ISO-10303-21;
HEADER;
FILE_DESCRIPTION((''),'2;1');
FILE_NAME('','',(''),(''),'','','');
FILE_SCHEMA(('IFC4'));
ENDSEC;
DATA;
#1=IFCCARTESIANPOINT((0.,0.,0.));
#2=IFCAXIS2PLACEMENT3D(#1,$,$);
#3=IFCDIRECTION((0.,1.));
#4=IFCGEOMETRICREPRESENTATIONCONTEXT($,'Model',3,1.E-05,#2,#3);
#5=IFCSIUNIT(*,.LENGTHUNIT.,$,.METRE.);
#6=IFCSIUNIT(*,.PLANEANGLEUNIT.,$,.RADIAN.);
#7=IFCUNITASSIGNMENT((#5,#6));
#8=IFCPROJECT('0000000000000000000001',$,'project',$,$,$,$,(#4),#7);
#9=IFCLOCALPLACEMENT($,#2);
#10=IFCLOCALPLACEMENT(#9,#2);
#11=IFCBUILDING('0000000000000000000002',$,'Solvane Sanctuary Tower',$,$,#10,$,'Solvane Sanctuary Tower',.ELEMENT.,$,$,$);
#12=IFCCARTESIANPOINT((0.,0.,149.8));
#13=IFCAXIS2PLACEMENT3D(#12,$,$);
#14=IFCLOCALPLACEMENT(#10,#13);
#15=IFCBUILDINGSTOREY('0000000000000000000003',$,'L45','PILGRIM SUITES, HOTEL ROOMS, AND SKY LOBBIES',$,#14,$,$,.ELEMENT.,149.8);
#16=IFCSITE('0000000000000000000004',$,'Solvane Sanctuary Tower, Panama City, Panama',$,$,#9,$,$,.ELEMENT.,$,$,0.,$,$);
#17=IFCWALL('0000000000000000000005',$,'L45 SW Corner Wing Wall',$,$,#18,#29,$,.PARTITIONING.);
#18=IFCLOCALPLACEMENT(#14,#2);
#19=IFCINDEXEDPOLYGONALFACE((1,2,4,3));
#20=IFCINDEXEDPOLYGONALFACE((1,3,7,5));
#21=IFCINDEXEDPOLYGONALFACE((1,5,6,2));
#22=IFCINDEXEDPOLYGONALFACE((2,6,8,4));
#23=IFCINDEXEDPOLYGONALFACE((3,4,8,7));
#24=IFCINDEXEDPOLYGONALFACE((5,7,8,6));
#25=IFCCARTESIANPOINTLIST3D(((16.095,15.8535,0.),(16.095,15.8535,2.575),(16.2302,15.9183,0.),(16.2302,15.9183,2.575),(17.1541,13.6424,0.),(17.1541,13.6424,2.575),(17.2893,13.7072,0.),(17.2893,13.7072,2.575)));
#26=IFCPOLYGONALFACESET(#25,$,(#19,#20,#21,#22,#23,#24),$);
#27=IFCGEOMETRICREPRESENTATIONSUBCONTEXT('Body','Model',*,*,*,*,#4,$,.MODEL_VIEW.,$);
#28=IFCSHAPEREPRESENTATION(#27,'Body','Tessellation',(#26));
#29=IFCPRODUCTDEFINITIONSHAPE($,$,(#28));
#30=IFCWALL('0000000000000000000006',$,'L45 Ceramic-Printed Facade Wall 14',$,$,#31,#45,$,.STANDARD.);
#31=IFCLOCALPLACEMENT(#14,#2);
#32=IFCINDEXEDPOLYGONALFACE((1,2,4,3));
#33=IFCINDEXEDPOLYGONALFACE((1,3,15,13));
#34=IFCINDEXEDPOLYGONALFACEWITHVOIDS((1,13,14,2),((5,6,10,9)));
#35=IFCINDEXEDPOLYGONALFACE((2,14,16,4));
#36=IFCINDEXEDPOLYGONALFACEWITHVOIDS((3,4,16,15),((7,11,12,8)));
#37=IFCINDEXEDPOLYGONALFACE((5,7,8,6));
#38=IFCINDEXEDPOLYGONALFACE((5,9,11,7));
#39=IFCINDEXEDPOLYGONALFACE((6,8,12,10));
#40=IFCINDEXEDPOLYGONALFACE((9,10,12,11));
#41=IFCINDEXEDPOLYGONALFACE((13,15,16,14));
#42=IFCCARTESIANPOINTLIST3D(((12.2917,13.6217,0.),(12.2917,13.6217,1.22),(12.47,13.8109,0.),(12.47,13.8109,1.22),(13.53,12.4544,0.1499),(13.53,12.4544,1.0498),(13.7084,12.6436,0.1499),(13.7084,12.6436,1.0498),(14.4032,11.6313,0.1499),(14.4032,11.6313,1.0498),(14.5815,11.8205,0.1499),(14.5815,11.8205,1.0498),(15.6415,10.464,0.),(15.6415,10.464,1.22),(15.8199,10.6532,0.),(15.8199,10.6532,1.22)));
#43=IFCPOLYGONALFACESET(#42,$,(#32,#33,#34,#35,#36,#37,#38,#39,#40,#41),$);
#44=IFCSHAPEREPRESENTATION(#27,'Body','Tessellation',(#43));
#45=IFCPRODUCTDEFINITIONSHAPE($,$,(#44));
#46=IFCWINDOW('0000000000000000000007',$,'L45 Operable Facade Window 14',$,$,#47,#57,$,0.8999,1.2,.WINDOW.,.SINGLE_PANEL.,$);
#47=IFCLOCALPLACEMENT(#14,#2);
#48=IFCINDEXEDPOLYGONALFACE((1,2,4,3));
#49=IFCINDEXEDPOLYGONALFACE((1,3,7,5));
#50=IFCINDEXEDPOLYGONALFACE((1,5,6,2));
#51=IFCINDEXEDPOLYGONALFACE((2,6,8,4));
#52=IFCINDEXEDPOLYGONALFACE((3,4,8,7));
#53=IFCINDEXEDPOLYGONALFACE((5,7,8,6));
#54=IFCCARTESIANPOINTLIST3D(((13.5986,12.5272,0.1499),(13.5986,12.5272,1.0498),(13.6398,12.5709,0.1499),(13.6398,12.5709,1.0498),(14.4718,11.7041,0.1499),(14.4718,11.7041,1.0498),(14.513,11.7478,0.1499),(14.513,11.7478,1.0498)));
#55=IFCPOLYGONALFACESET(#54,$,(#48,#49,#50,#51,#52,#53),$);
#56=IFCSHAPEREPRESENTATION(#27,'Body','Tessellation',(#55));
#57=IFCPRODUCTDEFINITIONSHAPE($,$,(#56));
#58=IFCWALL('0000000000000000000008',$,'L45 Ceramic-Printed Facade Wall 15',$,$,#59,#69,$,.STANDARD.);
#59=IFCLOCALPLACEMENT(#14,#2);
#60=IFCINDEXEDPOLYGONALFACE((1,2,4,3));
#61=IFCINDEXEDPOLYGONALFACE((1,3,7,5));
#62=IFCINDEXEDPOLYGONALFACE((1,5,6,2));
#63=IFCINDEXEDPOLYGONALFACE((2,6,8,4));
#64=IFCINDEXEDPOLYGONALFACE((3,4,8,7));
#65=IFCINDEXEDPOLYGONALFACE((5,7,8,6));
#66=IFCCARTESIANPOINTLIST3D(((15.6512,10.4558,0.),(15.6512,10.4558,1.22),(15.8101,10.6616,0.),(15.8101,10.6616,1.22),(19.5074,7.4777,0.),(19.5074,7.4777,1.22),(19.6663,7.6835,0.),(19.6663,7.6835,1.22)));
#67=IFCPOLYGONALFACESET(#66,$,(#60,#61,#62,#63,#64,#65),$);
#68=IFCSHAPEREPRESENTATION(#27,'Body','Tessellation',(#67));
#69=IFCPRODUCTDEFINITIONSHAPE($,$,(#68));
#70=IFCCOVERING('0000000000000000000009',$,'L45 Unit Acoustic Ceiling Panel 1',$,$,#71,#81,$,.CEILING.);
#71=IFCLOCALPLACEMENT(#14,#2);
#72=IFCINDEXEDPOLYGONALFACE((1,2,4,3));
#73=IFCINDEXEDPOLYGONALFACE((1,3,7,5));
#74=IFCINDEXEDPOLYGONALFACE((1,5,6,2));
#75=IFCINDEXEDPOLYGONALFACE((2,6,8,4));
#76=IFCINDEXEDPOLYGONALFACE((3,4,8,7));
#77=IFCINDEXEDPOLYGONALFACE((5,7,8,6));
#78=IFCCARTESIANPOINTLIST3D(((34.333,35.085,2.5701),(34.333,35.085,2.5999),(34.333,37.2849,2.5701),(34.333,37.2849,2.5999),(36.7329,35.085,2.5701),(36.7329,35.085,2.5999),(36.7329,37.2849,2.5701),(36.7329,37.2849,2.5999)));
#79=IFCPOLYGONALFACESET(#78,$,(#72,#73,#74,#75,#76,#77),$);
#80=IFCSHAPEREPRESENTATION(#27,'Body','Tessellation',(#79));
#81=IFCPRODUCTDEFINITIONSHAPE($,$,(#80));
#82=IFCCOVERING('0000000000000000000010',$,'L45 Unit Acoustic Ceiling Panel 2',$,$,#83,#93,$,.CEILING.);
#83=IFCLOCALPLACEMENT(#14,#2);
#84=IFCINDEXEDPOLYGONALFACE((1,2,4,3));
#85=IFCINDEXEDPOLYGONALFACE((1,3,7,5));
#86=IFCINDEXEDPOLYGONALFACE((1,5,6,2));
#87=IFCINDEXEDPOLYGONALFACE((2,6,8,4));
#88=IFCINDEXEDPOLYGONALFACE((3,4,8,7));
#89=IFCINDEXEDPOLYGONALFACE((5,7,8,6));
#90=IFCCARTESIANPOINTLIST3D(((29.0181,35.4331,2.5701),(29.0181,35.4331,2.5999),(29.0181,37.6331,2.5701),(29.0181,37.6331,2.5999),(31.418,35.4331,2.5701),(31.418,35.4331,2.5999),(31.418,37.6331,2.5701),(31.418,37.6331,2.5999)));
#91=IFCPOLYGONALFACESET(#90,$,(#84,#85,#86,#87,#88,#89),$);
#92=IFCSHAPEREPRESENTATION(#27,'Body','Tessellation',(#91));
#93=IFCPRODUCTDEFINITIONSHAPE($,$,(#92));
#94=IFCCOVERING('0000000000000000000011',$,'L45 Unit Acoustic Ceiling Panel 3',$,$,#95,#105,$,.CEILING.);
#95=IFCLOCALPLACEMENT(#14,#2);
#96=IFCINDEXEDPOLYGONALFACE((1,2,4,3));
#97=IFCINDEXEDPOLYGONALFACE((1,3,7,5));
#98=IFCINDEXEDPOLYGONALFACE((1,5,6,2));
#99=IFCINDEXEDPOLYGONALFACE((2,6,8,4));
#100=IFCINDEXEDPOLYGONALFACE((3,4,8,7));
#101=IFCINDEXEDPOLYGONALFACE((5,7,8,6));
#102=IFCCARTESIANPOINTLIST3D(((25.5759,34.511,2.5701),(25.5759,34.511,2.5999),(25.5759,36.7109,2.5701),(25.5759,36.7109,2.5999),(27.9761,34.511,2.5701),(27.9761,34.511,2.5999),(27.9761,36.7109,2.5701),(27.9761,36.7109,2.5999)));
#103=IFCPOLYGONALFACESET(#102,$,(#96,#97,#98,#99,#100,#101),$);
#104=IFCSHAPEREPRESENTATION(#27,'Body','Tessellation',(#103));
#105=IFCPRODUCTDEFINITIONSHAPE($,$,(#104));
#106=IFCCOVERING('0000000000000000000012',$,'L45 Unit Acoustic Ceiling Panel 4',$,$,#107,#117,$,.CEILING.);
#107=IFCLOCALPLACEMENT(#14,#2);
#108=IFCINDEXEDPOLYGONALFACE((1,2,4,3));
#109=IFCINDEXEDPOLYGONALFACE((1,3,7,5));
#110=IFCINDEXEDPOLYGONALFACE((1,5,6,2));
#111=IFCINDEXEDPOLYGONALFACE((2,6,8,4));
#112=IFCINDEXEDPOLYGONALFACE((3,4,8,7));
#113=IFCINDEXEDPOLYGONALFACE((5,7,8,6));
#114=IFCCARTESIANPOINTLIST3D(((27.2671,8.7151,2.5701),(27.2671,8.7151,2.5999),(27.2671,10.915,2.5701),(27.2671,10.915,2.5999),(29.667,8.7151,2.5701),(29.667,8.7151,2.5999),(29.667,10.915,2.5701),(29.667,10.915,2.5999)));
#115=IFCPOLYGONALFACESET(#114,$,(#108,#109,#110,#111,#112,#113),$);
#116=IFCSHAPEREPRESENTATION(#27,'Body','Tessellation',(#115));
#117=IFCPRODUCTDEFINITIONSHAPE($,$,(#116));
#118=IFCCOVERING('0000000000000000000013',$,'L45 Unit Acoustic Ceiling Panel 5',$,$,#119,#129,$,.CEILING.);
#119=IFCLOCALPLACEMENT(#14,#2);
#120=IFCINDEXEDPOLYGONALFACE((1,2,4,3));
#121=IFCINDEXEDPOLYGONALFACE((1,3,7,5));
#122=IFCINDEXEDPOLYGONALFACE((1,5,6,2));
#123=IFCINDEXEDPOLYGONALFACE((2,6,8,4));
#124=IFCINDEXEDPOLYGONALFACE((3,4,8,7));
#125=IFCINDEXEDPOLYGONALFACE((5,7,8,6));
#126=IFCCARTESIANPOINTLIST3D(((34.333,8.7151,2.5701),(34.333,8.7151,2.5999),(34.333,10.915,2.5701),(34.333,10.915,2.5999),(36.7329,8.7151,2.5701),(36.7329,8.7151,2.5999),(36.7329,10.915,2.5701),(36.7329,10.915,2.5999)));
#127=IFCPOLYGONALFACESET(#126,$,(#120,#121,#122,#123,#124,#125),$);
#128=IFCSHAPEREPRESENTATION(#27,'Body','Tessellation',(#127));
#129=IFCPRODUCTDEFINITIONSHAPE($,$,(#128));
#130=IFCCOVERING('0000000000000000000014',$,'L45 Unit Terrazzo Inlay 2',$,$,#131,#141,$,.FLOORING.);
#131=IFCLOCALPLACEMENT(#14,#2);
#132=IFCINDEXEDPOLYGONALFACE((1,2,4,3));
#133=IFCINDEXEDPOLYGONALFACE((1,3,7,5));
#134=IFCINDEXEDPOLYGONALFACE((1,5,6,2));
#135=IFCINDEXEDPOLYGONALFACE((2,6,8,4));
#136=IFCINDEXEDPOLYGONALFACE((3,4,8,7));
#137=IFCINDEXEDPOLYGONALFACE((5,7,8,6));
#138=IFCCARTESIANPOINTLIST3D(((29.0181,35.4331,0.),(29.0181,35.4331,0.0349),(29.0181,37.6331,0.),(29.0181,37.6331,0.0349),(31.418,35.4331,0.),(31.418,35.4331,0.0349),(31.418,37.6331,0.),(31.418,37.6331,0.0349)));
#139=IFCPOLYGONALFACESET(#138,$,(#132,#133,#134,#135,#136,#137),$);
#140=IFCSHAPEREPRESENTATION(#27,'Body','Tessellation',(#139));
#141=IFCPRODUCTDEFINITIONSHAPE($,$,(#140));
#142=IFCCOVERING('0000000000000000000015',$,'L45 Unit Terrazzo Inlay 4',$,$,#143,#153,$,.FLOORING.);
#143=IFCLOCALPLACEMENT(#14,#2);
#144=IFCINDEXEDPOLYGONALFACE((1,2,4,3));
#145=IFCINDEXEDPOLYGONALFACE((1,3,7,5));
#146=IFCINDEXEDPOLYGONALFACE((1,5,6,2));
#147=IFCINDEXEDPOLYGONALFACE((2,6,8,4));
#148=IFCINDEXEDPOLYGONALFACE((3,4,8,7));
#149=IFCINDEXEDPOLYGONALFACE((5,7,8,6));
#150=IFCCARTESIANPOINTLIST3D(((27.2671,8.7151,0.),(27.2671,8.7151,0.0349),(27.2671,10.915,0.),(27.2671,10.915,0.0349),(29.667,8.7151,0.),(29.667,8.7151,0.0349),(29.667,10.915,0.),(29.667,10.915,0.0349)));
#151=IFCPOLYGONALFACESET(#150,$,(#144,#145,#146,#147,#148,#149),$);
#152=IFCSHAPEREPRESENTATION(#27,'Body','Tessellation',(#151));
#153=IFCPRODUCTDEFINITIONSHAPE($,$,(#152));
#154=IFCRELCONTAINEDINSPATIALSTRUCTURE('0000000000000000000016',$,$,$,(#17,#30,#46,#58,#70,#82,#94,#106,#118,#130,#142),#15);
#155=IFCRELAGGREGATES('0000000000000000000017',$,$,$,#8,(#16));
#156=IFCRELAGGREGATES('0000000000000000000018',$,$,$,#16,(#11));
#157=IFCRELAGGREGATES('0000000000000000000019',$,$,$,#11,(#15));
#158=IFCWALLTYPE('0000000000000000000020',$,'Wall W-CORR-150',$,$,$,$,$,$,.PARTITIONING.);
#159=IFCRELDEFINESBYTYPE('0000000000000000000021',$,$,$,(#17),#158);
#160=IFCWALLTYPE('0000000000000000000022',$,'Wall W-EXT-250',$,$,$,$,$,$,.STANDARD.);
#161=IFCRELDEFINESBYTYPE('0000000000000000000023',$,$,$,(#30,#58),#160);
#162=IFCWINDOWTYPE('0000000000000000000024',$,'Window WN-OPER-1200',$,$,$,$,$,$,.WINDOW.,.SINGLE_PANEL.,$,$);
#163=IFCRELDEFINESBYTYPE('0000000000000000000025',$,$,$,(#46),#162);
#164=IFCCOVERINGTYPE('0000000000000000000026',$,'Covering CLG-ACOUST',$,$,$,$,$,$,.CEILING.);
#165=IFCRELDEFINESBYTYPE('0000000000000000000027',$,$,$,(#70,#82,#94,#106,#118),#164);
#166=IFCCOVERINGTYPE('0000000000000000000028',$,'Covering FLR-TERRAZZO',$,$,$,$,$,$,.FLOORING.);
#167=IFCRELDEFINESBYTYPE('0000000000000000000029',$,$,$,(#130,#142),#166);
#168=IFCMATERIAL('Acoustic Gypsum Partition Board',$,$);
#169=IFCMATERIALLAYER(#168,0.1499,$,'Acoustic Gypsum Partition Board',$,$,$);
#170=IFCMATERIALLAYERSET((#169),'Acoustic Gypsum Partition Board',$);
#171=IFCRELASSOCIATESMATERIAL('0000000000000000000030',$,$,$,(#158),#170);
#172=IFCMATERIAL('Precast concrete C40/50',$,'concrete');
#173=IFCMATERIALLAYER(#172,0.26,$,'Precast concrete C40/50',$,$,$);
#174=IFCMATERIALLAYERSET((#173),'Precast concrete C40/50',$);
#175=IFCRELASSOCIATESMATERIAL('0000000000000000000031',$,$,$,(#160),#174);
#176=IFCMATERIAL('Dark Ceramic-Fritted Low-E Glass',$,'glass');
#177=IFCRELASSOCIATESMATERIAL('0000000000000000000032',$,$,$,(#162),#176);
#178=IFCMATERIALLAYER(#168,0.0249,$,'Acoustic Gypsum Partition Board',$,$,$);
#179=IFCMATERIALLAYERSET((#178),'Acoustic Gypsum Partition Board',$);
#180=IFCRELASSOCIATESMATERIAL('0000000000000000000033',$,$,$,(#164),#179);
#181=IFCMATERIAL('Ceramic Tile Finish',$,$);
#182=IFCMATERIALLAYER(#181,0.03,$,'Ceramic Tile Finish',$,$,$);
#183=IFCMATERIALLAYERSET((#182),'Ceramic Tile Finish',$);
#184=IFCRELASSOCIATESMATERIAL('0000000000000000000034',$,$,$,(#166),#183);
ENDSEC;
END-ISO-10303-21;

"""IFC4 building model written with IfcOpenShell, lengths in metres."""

from ifc_helpers import new_model, si_unit, direction, frame, frame_2d, origin, place, context, subcontext, project, spatial, polyline, rectangle, outline, extrude, material, layer, layer_set, type_object, element, fill, save


model = new_model("IFC4")

# Units and contexts
model_context = context("Model", 3, precision=1e-05, world=origin(), true_north=direction((0.0, 1.0)))
body_context = subcontext(model_context, "Body", "Model", "MODEL_VIEW")
ifc_project = project(units=[si_unit("LENGTHUNIT", "METRE"), si_unit("PLANEANGLEUNIT", "RADIAN")], contexts=[model_context])

# Site, building, storey
site_placement = place(None, origin())
site = spatial("IfcSite", under=ifc_project, at=site_placement, Name="Solvane Sanctuary Tower, Panama City, Panama", CompositionType="ELEMENT", RefElevation=0.0)
building_placement = place(site_placement, origin())
building = spatial("IfcBuilding", under=site, at=building_placement, Name="Solvane Sanctuary Tower", LongName="Solvane Sanctuary Tower", CompositionType="ELEMENT")
storey_placement = place(building_placement, frame((0.0, 0.0, 149.8)))
storey = spatial("IfcBuildingStorey", under=building, at=storey_placement, Name="L45", Description="PILGRIM SUITES, HOTEL ROOMS, AND SKY LOBBIES", CompositionType="ELEMENT", Elevation=149.8)

# Shared definitions
ifc_material_1 = material(Name="Acoustic Gypsum Partition Board")
ifc_layer_1 = layer(ifc_material_1, 0.1499, Name="Acoustic Gypsum Partition Board")
ifc_layer_set_1 = layer_set([ifc_layer_1], Name="Acoustic Gypsum Partition Board")
wall_type_1 = type_object("IfcWallType", Name="Wall W-CORR-150", PredefinedType="PARTITIONING", material=ifc_layer_set_1)

# Wall
wall_1_placement = place(storey_placement, frame((17.2217, 13.6748, 0.0), z_axis=(0.0, 0.0, 1.0), x_axis=(-0.431973, 0.901886, 0.0)))
element("IfcWall", 1, at=wall_1_placement, inside=storey, type_object=wall_type_1, Name="L45 SW Corner Wing Wall", PredefinedType="PARTITIONING", context=body_context, shape_type="SweptSolid", body=[
    extrude(rectangle(XDim=2.4517, YDim=0.1499, at=frame_2d((1.2258, 0.0))), origin(), (0.0, 0.0, 1.0), 2.575),
])

# Wall, opening, window
ifc_material_2 = material(Name="Precast concrete C40/50", Category="concrete")
ifc_layer_2 = layer(ifc_material_2, 0.26, Name="Precast concrete C40/50")
ifc_layer_set_2 = layer_set([ifc_layer_2], Name="Precast concrete C40/50")
wall_type_2 = type_object("IfcWallType", Name="Wall W-EXT-250", PredefinedType="STANDARD", material=ifc_layer_set_2)
wall_2_placement = place(storey_placement, frame((12.3809, 13.7163, 0.0), z_axis=(0.0, 0.0, 1.0), x_axis=(0.727667, -0.68593, 0.0)))
wall_2 = element("IfcWall", 2, at=wall_2_placement, inside=storey, type_object=wall_type_2, Name="L45 Ceramic-Printed Facade Wall 14", PredefinedType="STANDARD", context=body_context, shape_type="SweptSolid", body=[
    extrude(rectangle(XDim=4.6035, YDim=0.26, at=frame_2d((2.3018, 0.0))), origin(), (0.0, 0.0, 1.0), 1.22),
])
opening_1_placement = place(wall_2_placement, frame((1.7017, 0.0, 0.1499)))
opening_1 = element("IfcOpeningElement", 3, at=opening_1_placement, cuts=wall_2, PredefinedType="OPENING", context=body_context, shape_type="SweptSolid", body=[
    extrude(rectangle(XDim=1.2, YDim=0.8999, at=frame_2d((0.6001, 0.45))), frame((0.0, 0.1399, 0.0), z_axis=(0.0, -1.0, 0.0), x_axis=(1.0, 0.0, 0.0)), (0.0, 0.0, 1.0), 0.28),
])
ifc_material_3 = material(Name="Dark Ceramic-Fritted Low-E Glass", Category="glass")
window_type = type_object("IfcWindowType", Name="Window WN-OPER-1200", PartitioningType="SINGLE_PANEL", PredefinedType="WINDOW", material=ifc_material_3)
window_placement = place(opening_1_placement, origin())
window = element("IfcWindow", 4, at=window_placement, inside=storey, type_object=window_type, Name="L45 Operable Facade Window 14", OverallHeight=0.8999, OverallWidth=1.2, PartitioningType="SINGLE_PANEL", PredefinedType="WINDOW", context=body_context, shape_type="SweptSolid", body=[
    extrude(rectangle(XDim=1.2, YDim=0.8999, at=frame_2d((0.6001, 0.45))), frame((0.0, 0.03, 0.0), z_axis=(0.0, -1.0, 0.0), x_axis=(1.0, 0.0, 0.0)), (0.0, 0.0, 1.0), 0.0601),
])
fill(opening_1, window)

# Wall
wall_3_placement = place(storey_placement, frame((15.7307, 10.5586, 0.0), z_axis=(0.0, 0.0, 1.0), x_axis=(0.79146, -0.611221, 0.0)))
element("IfcWall", 5, at=wall_3_placement, inside=storey, type_object=wall_type_2, Name="L45 Ceramic-Printed Facade Wall 15", PredefinedType="STANDARD", context=body_context, shape_type="SweptSolid", body=[
    extrude(rectangle(XDim=4.8723, YDim=0.26, at=frame_2d((2.436, 0.0))), origin(), (0.0, 0.0, 1.0), 1.22),
])

# Coverings
ifc_layer_3 = layer(ifc_material_1, 0.0249, Name="Acoustic Gypsum Partition Board")
ifc_layer_set_3 = layer_set([ifc_layer_3], Name="Acoustic Gypsum Partition Board")
covering_type_1 = type_object("IfcCoveringType", Name="Covering CLG-ACOUST", PredefinedType="CEILING", material=ifc_layer_set_3)
covering_1_placement = place(storey_placement, frame((0.0, 0.0, 2.5701)))
element("IfcCovering", 6, at=covering_1_placement, inside=storey, type_object=covering_type_1, Name="L45 Unit Acoustic Ceiling Panel 1", PredefinedType="CEILING", context=body_context, shape_type="SweptSolid", body=[
    extrude(outline(polyline([(34.333, 35.085), (36.7329, 35.085), (36.7329, 37.2849), (34.333, 37.2849), (34.333, 35.085)])), origin(), (0.0, 0.0, 1.0), 0.0298),
])
covering_2_placement = place(storey_placement, frame((0.0, 0.0, 2.5701)))
element("IfcCovering", 7, at=covering_2_placement, inside=storey, type_object=covering_type_1, Name="L45 Unit Acoustic Ceiling Panel 2", PredefinedType="CEILING", context=body_context, shape_type="SweptSolid", body=[
    extrude(outline(polyline([(29.0181, 35.4331), (31.418, 35.4331), (31.418, 37.6331), (29.0181, 37.6331), (29.0181, 35.4331)])), origin(), (0.0, 0.0, 1.0), 0.0298),
])
covering_3_placement = place(storey_placement, frame((0.0, 0.0, 2.5701)))
element("IfcCovering", 8, at=covering_3_placement, inside=storey, type_object=covering_type_1, Name="L45 Unit Acoustic Ceiling Panel 3", PredefinedType="CEILING", context=body_context, shape_type="SweptSolid", body=[
    extrude(outline(polyline([(25.5759, 34.511), (27.9761, 34.511), (27.9761, 36.7109), (25.5759, 36.7109), (25.5759, 34.511)])), origin(), (0.0, 0.0, 1.0), 0.0298),
])
covering_4_placement = place(storey_placement, frame((0.0, 0.0, 2.5701)))
element("IfcCovering", 9, at=covering_4_placement, inside=storey, type_object=covering_type_1, Name="L45 Unit Acoustic Ceiling Panel 4", PredefinedType="CEILING", context=body_context, shape_type="SweptSolid", body=[
    extrude(outline(polyline([(27.2671, 8.7151), (29.667, 8.7151), (29.667, 10.915), (27.2671, 10.915), (27.2671, 8.7151)])), origin(), (0.0, 0.0, 1.0), 0.0298),
])
covering_5_placement = place(storey_placement, frame((0.0, 0.0, 2.5701)))
element("IfcCovering", 10, at=covering_5_placement, inside=storey, type_object=covering_type_1, Name="L45 Unit Acoustic Ceiling Panel 5", PredefinedType="CEILING", context=body_context, shape_type="SweptSolid", body=[
    extrude(outline(polyline([(34.333, 8.7151), (36.7329, 8.7151), (36.7329, 10.915), (34.333, 10.915), (34.333, 8.7151)])), origin(), (0.0, 0.0, 1.0), 0.0298),
])
ifc_material_4 = material(Name="Ceramic Tile Finish")
ifc_layer_4 = layer(ifc_material_4, 0.03, Name="Ceramic Tile Finish")
ifc_layer_set_4 = layer_set([ifc_layer_4], Name="Ceramic Tile Finish")
covering_type_2 = type_object("IfcCoveringType", Name="Covering FLR-TERRAZZO", PredefinedType="FLOORING", material=ifc_layer_set_4)
covering_6_placement = place(storey_placement, origin())
element("IfcCovering", 11, at=covering_6_placement, inside=storey, type_object=covering_type_2, Name="L45 Unit Terrazzo Inlay 2", PredefinedType="FLOORING", context=body_context, shape_type="SweptSolid", body=[
    extrude(outline(polyline([(29.0181, 35.4331), (31.418, 35.4331), (31.418, 37.6331), (29.0181, 37.6331), (29.0181, 35.4331)])), origin(), (0.0, 0.0, 1.0), 0.0349),
])
covering_7_placement = place(storey_placement, origin())
element("IfcCovering", 12, at=covering_7_placement, inside=storey, type_object=covering_type_2, Name="L45 Unit Terrazzo Inlay 4", PredefinedType="FLOORING", context=body_context, shape_type="SweptSolid", body=[
    extrude(outline(polyline([(27.2671, 8.7151), (29.667, 8.7151), (29.667, 10.915), (27.2671, 10.915), (27.2671, 8.7151)])), origin(), (0.0, 0.0, 1.0), 0.0349),
])

save(model, "model.ifc")
